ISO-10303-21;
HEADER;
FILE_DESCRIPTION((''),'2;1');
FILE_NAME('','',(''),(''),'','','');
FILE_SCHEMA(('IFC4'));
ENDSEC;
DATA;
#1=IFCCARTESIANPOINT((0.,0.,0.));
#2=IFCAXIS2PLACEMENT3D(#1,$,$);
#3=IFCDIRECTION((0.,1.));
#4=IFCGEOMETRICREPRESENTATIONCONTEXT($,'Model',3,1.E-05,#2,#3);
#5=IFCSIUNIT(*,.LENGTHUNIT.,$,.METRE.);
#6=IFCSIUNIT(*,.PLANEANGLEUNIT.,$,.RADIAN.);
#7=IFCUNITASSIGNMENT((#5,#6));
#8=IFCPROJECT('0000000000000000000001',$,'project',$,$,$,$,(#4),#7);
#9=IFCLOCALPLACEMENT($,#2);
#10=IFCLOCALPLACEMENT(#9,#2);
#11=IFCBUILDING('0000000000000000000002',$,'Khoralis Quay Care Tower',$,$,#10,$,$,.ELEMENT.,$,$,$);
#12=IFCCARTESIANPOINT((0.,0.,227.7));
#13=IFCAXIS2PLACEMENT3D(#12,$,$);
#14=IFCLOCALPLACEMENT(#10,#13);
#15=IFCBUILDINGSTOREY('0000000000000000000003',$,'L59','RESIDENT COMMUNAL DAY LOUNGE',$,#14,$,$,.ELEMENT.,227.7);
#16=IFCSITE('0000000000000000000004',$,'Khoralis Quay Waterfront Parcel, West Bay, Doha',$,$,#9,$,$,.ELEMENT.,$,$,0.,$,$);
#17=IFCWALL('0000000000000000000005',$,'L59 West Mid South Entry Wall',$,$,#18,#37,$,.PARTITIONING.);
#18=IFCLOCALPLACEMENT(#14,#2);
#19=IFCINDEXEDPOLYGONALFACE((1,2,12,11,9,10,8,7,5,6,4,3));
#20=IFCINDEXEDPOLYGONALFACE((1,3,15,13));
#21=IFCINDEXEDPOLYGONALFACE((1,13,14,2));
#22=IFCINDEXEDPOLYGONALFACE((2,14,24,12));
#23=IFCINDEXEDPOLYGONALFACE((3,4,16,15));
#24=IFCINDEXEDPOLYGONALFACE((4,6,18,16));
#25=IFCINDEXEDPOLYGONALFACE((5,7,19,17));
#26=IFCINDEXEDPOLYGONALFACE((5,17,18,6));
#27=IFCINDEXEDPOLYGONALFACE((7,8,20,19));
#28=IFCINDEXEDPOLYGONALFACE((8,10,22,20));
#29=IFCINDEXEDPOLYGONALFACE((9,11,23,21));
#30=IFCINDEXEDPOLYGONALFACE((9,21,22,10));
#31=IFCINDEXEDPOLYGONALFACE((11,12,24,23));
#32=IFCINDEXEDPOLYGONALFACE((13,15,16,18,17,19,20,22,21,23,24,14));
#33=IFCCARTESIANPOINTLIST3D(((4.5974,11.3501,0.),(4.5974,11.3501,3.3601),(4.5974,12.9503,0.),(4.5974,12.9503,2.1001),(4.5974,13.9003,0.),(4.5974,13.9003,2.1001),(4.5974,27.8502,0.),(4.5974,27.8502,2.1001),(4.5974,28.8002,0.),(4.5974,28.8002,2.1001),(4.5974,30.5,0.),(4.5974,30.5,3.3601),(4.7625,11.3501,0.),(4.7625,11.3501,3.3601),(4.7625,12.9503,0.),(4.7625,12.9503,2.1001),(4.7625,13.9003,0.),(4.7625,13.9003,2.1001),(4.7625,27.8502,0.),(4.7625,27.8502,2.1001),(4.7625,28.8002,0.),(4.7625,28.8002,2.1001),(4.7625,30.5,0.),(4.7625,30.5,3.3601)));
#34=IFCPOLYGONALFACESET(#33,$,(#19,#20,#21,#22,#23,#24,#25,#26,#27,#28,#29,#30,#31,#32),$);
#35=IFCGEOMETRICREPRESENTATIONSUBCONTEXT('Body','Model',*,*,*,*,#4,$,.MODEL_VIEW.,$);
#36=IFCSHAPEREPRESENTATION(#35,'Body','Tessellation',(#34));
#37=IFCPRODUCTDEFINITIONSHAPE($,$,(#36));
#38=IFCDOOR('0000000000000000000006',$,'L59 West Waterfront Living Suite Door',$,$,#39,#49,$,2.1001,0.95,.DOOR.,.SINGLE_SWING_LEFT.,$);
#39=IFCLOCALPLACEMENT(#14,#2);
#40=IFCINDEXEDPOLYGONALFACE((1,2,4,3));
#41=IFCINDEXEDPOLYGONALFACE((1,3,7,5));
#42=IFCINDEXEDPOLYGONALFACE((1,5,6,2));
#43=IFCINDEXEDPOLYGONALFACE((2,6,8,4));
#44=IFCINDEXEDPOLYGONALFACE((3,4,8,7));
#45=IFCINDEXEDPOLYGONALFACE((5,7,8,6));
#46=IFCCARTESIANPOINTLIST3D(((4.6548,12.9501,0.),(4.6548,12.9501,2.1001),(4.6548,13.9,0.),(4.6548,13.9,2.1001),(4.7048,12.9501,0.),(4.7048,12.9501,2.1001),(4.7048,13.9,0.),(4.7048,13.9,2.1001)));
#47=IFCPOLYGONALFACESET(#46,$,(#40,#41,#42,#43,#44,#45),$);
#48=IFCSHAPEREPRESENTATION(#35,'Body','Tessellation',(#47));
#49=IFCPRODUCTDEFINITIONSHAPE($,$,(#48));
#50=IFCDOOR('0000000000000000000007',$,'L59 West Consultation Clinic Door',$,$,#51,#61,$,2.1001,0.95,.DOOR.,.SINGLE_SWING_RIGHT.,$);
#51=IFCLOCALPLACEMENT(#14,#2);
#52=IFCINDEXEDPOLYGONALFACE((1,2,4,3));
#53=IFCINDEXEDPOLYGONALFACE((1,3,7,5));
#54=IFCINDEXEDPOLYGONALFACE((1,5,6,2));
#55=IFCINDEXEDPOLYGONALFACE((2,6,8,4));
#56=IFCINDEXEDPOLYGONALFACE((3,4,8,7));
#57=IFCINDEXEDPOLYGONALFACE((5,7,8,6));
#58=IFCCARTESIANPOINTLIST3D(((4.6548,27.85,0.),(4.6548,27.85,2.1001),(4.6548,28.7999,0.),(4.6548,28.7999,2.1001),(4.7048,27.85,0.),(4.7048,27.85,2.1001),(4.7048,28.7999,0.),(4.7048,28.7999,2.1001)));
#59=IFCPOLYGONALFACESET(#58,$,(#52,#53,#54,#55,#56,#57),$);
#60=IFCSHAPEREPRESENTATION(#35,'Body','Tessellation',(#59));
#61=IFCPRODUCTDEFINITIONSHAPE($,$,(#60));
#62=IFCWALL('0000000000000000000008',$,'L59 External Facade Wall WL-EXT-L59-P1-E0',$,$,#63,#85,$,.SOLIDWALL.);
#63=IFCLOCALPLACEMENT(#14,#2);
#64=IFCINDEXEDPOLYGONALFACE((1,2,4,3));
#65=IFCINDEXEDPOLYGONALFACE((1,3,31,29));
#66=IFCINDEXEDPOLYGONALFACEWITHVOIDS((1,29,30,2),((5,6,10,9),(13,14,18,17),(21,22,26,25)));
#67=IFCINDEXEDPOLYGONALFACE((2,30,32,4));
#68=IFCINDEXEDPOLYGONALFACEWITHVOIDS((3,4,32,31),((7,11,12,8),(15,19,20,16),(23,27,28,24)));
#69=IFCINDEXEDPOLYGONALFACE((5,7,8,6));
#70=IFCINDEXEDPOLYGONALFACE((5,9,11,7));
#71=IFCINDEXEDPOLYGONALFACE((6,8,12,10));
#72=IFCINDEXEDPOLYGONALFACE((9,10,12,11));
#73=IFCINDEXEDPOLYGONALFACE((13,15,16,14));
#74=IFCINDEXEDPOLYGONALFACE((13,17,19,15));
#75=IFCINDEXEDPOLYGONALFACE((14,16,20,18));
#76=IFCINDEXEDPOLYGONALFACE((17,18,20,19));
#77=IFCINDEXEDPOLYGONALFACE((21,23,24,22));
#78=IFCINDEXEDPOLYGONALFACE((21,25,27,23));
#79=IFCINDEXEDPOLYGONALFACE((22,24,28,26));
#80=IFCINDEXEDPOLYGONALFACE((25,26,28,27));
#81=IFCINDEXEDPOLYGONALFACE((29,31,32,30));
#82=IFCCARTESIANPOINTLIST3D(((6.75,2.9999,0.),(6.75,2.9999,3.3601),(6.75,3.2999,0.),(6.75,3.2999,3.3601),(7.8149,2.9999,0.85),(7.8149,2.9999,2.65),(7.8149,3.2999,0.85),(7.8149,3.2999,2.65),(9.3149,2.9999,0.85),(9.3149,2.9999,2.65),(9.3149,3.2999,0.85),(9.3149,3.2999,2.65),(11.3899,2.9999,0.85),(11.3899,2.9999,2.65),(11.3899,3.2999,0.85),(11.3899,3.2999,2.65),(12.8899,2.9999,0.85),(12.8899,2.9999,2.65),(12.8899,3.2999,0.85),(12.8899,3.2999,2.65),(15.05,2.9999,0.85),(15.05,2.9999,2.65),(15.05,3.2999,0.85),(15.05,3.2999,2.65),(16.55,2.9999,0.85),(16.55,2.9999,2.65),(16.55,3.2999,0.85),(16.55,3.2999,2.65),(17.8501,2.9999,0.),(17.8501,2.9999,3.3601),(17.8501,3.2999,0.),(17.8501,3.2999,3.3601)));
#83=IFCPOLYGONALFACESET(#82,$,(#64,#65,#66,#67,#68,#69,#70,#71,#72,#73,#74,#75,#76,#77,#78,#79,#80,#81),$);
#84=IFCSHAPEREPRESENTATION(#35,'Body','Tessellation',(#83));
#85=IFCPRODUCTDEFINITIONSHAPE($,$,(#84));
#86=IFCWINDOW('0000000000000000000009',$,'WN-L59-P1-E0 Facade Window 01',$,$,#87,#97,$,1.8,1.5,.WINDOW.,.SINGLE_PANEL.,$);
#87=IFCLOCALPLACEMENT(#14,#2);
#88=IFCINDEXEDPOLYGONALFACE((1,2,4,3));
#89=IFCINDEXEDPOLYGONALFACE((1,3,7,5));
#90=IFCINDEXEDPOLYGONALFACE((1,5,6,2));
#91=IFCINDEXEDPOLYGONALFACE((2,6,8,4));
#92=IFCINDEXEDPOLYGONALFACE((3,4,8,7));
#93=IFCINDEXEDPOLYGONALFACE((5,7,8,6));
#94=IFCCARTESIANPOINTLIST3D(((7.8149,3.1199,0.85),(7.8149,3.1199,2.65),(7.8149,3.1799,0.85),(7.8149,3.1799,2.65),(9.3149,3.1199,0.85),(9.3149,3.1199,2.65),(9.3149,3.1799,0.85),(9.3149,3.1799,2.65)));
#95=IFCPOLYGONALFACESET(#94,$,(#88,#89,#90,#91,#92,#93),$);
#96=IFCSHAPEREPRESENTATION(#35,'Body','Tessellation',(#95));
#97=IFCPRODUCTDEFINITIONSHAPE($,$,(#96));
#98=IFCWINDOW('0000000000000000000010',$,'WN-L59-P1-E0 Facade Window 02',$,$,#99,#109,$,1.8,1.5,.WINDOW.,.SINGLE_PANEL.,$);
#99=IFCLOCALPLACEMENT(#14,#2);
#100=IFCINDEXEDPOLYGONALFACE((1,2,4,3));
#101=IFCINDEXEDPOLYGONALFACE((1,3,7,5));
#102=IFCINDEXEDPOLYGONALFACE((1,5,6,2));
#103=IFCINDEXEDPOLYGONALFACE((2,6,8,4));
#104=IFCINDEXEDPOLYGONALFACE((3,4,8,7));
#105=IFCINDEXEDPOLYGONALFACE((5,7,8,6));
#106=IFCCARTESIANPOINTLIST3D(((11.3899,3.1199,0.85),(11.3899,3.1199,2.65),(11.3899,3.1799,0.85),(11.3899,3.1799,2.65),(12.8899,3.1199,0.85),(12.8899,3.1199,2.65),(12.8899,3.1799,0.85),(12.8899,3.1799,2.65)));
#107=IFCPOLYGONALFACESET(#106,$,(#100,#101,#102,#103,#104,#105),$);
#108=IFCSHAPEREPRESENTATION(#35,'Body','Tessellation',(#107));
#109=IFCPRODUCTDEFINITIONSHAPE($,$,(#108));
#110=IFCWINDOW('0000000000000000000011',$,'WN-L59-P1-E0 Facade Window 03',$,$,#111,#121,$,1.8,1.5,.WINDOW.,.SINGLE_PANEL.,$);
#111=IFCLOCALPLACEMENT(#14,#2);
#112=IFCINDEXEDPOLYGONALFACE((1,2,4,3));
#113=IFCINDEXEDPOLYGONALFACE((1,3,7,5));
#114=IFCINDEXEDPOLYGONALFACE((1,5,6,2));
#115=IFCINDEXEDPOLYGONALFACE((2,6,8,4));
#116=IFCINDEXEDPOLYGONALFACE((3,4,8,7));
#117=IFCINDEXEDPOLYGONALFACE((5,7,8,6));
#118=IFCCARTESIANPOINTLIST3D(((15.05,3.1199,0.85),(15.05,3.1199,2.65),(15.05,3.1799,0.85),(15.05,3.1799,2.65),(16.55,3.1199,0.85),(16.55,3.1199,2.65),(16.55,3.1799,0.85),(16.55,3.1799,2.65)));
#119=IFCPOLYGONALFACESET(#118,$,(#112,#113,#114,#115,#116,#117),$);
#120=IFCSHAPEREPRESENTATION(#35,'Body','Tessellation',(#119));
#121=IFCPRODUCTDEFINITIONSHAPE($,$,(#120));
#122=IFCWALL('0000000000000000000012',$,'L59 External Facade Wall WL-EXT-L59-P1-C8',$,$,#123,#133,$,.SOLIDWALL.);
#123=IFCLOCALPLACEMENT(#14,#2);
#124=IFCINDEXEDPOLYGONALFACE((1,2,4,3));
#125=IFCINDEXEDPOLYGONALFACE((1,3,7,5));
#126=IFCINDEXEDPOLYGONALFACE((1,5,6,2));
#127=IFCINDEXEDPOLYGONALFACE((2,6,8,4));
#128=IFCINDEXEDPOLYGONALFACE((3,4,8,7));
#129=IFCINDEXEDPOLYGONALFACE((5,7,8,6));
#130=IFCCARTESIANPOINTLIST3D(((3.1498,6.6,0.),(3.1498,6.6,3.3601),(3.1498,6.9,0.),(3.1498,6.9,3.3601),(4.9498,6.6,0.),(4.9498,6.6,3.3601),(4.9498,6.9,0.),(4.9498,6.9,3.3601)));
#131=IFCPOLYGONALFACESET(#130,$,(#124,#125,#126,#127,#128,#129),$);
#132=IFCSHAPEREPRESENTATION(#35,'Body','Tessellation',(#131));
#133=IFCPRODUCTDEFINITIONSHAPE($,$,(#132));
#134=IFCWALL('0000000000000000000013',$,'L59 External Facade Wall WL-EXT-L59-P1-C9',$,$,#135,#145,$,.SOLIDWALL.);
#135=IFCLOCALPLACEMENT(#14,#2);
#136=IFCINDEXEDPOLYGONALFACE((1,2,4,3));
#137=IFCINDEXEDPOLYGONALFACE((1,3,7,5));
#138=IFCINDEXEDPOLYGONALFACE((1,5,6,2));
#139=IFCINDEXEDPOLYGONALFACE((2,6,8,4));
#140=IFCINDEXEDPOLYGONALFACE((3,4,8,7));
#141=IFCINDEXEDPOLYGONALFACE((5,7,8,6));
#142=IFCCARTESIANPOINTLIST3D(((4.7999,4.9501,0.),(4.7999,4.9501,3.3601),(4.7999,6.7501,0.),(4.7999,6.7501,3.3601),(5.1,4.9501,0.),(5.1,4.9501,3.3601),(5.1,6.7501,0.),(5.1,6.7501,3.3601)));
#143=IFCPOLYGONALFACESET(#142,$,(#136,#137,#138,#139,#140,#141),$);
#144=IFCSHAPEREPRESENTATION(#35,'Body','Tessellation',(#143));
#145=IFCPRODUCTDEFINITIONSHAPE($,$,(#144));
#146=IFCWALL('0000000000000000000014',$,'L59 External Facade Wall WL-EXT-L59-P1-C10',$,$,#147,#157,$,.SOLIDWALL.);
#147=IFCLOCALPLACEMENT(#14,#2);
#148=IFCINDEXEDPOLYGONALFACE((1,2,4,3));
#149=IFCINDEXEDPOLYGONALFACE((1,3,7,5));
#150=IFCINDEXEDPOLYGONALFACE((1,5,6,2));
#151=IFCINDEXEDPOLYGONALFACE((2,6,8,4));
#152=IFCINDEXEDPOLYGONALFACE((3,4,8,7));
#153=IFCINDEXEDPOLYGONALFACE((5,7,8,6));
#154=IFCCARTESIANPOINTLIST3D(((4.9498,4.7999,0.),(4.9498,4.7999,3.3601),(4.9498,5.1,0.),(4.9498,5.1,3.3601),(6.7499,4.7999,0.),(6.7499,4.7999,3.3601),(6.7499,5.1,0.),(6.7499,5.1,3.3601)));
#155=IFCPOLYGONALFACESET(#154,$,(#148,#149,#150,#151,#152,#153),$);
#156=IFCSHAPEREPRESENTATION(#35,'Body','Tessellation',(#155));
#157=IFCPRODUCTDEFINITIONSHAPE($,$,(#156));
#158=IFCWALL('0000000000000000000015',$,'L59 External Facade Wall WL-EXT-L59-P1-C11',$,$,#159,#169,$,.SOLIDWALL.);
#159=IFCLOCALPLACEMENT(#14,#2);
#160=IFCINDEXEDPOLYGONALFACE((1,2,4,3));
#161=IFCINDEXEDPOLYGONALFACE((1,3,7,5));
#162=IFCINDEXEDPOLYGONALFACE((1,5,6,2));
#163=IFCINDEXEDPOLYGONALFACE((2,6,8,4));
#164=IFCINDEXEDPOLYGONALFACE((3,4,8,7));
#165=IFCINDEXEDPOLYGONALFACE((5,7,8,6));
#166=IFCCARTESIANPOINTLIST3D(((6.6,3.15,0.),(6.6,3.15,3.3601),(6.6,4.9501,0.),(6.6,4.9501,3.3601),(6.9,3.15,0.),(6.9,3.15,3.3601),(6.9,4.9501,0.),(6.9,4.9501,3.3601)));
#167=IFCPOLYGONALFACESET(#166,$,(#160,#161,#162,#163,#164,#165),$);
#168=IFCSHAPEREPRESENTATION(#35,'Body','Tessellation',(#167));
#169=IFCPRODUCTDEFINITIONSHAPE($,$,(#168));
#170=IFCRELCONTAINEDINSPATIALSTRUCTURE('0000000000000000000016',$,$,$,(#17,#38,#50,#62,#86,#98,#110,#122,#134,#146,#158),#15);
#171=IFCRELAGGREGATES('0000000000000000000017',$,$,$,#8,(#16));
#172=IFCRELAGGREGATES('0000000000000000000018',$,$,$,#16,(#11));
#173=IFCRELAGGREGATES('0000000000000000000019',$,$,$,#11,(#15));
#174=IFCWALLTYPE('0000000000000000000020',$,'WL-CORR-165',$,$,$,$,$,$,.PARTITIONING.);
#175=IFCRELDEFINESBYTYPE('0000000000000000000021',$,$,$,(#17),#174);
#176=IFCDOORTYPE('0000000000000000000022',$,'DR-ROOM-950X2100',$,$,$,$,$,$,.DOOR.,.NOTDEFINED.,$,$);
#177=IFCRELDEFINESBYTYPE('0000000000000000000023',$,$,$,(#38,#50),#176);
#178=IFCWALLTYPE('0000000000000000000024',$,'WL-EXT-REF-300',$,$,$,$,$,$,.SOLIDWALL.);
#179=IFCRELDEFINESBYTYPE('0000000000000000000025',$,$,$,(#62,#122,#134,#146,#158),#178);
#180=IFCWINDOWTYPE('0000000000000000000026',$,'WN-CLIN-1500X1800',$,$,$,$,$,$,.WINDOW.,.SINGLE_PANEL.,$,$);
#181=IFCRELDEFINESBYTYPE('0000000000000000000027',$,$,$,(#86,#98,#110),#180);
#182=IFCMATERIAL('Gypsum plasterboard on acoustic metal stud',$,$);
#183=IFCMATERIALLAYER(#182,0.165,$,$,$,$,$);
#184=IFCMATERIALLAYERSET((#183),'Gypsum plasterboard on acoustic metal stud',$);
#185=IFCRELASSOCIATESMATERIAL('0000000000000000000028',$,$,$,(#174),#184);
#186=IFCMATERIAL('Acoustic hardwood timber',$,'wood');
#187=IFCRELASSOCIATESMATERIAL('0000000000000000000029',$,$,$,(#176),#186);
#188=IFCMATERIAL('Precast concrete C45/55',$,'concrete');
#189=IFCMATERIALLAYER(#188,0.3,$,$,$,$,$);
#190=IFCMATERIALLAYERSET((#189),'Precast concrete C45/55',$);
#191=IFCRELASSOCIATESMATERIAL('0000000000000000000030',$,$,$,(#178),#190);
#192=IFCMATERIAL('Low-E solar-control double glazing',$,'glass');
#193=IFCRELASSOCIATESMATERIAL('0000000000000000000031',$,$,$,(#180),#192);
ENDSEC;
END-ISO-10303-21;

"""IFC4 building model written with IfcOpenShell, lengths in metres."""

from ifc_helpers import new_model, si_unit, direction, frame, frame_2d, origin, place, context, subcontext, project, spatial, rectangle, extrude, source, transform, mapped, material, layer, layer_set, type_object, element, fill, save


model = new_model("IFC4")

# Units and contexts
model_context = context("Model", 3, precision=1e-05, world=origin(), true_north=direction((0.0, 1.0)))
body_context = subcontext(model_context, "Body", "Model", "MODEL_VIEW")
ifc_project = project(units=[si_unit("LENGTHUNIT", "METRE"), si_unit("PLANEANGLEUNIT", "RADIAN")], contexts=[model_context])

# Site, building, storey
site_placement = place(None, origin())
site = spatial("IfcSite", under=ifc_project, at=site_placement, Name="Khoralis Quay Waterfront Parcel, West Bay, Doha", CompositionType="ELEMENT", RefElevation=0.0)
building_placement = place(site_placement, origin())
building = spatial("IfcBuilding", under=site, at=building_placement, Name="Khoralis Quay Care Tower", CompositionType="ELEMENT")
storey_placement = place(building_placement, frame((0.0, 0.0, 227.7)))
storey = spatial("IfcBuildingStorey", under=building, at=storey_placement, Name="L59", Description="RESIDENT COMMUNAL DAY LOUNGE", CompositionType="ELEMENT", Elevation=227.7)

# Shared definitions
ifc_material_1 = material(Name="Precast concrete C45/55", Category="concrete")

# Shared definitions
ifc_material_2 = material(Name="Gypsum plasterboard on acoustic metal stud")

# Wall, openings, doors
ifc_layer_1 = layer(ifc_material_2, 0.165)
ifc_layer_set_1 = layer_set([ifc_layer_1], Name="Gypsum plasterboard on acoustic metal stud")
wall_type_1 = type_object("IfcWallType", Name="WL-CORR-165", PredefinedType="PARTITIONING", material=ifc_layer_set_1)
ifc_material_3 = material(Name="Acoustic hardwood timber", Category="wood")
door_type_1 = type_object("IfcDoorType", Name="DR-ROOM-950X2100", OperationType="NOTDEFINED", PredefinedType="DOOR", material=ifc_material_3)
shared_shape_1 = source(origin(), body_context, "Body", "SweptSolid", [
    extrude(rectangle(XDim=0.95, YDim=2.1001, at=frame_2d((0.4751, 1.05))), frame((0.0, 0.0249, 0.0), z_axis=(0.0, -1.0, 0.0), x_axis=(1.0, 0.0, 0.0)), (0.0, 0.0, 1.0), 0.05),
])
wall_1_placement = place(storey_placement, frame((4.6799, 11.3501, 0.0), z_axis=(0.0, 0.0, 1.0), x_axis=(0.0, 1.0, 0.0)))
wall_1 = element("IfcWall", 1, at=wall_1_placement, inside=storey, type_object=wall_type_1, Name="L59 West Mid South Entry Wall", PredefinedType="PARTITIONING", context=body_context, shape_type="SweptSolid", body=[
    extrude(rectangle(XDim=19.1499, YDim=0.165, at=frame_2d((9.575, 0.0))), origin(), (0.0, 0.0, 1.0), 3.3601),
])
opening_1_placement = place(wall_1_placement, frame((1.6001, 0.0, 0.0)))
opening_1 = element("IfcOpeningElement", 2, at=opening_1_placement, cuts=wall_1, PredefinedType="OPENING", context=body_context, shape_type="SweptSolid", body=[
    extrude(rectangle(XDim=0.95, YDim=2.1001, at=frame_2d((0.4751, 1.05))), frame((0.0, 0.0925, 0.0), z_axis=(0.0, -1.0, 0.0), x_axis=(1.0, 0.0, 0.0)), (0.0, 0.0, 1.0), 0.1851),
])
opening_2_placement = place(wall_1_placement, frame((16.5, 0.0, 0.0)))
opening_2 = element("IfcOpeningElement", 3, at=opening_2_placement, cuts=wall_1, PredefinedType="OPENING", context=body_context, shape_type="SweptSolid", body=[
    extrude(rectangle(XDim=0.95, YDim=2.1001, at=frame_2d((0.4751, 1.05))), frame((0.0, 0.0925, 0.0), z_axis=(0.0, -1.0, 0.0), x_axis=(1.0, 0.0, 0.0)), (0.0, 0.0, 1.0), 0.1851),
])
door_1_placement = place(opening_1_placement, frame((0.95, 0.0, 0.0), z_axis=(0.0, 0.0, 1.0), x_axis=(-1.0, 0.0, 0.0)))
door_1 = element("IfcDoor", 4, at=door_1_placement, inside=storey, type_object=door_type_1, Name="L59 West Waterfront Living Suite Door", OperationType="SINGLE_SWING_LEFT", OverallHeight=2.1001, OverallWidth=0.95, PredefinedType="DOOR", context=body_context, shape_type="MappedRepresentation", body=[
    mapped(shared_shape_1, transform((0.0, 0.0, 0.0), scale=1.0)),
])
fill(opening_1, door_1)
door_2_placement = place(opening_2_placement, frame((0.95, 0.0, 0.0), z_axis=(0.0, 0.0, 1.0), x_axis=(-1.0, 0.0, 0.0)))
door_2 = element("IfcDoor", 5, at=door_2_placement, inside=storey, type_object=door_type_1, Name="L59 West Consultation Clinic Door", OperationType="SINGLE_SWING_RIGHT", OverallHeight=2.1001, OverallWidth=0.95, PredefinedType="DOOR", context=body_context, shape_type="MappedRepresentation", body=[
    mapped(shared_shape_1, transform((0.0, 0.0, 0.0), scale=1.0)),
])
fill(opening_2, door_2)

# Wall, openings, windows
ifc_layer_2 = layer(ifc_material_1, 0.3)
ifc_layer_set_2 = layer_set([ifc_layer_2], Name="Precast concrete C45/55")
wall_type_2 = type_object("IfcWallType", Name="WL-EXT-REF-300", PredefinedType="SOLIDWALL", material=ifc_layer_set_2)
wall_2_placement = place(storey_placement, frame((6.75, 3.1499, 0.0), z_axis=(0.0, 0.0, 1.0), x_axis=(1.0, 0.0, 0.0)))
wall_2 = element("IfcWall", 6, at=wall_2_placement, inside=storey, type_object=wall_type_2, Name="L59 External Facade Wall WL-EXT-L59-P1-E0", PredefinedType="SOLIDWALL", context=body_context, shape_type="SweptSolid", body=[
    extrude(rectangle(XDim=11.1001, YDim=0.3, at=frame_2d((5.55, 0.0))), origin(), (0.0, 0.0, 1.0), 3.3601),
])
opening_3_placement = place(wall_2_placement, frame((1.0649, 0.0, 0.8501)))
opening_3 = element("IfcOpeningElement", 7, at=opening_3_placement, cuts=wall_2, PredefinedType="OPENING", context=body_context, shape_type="SweptSolid", body=[
    extrude(rectangle(XDim=1.5, YDim=1.8, at=frame_2d((0.75, 0.8999))), frame((0.0, 0.1602, 0.0), z_axis=(0.0, -1.0, 0.0), x_axis=(1.0, 0.0, 0.0)), (0.0, 0.0, 1.0), 0.3201),
])
opening_4_placement = place(wall_2_placement, frame((4.6399, 0.0, 0.8501)))
opening_4 = element("IfcOpeningElement", 8, at=opening_4_placement, cuts=wall_2, PredefinedType="OPENING", context=body_context, shape_type="SweptSolid", body=[
    extrude(rectangle(XDim=1.5, YDim=1.8, at=frame_2d((0.75, 0.8999))), frame((0.0, 0.1602, 0.0), z_axis=(0.0, -1.0, 0.0), x_axis=(1.0, 0.0, 0.0)), (0.0, 0.0, 1.0), 0.3201),
])
opening_5_placement = place(wall_2_placement, frame((8.3, 0.0, 0.8501)))
opening_5 = element("IfcOpeningElement", 9, at=opening_5_placement, cuts=wall_2, PredefinedType="OPENING", context=body_context, shape_type="SweptSolid", body=[
    extrude(rectangle(XDim=1.5, YDim=1.8, at=frame_2d((0.75, 0.8999))), frame((0.0, 0.1602, 0.0), z_axis=(0.0, -1.0, 0.0), x_axis=(1.0, 0.0, 0.0)), (0.0, 0.0, 1.0), 0.3201),
])
ifc_material_4 = material(Name="Low-E solar-control double glazing", Category="glass")
window_type = type_object("IfcWindowType", Name="WN-CLIN-1500X1800", PartitioningType="SINGLE_PANEL", PredefinedType="WINDOW", material=ifc_material_4)
shared_shape_2 = source(origin(), body_context, "Body", "SweptSolid", [
    extrude(rectangle(XDim=1.5, YDim=1.8, at=frame_2d((0.75, 0.8999))), frame((0.0, 0.03, 0.0), z_axis=(0.0, -1.0, 0.0), x_axis=(1.0, 0.0, 0.0)), (0.0, 0.0, 1.0), 0.0601),
])
window_1_placement = place(opening_3_placement, origin())
window_1 = element("IfcWindow", 10, at=window_1_placement, inside=storey, type_object=window_type, Name="WN-L59-P1-E0 Facade Window 01", OverallHeight=1.8, OverallWidth=1.5, PartitioningType="SINGLE_PANEL", PredefinedType="WINDOW", context=body_context, shape_type="MappedRepresentation", body=[
    mapped(shared_shape_2, transform((0.0, 0.0, 0.0), scale=1.0)),
])
fill(opening_3, window_1)
window_2_placement = place(opening_4_placement, origin())
window_2 = element("IfcWindow", 11, at=window_2_placement, inside=storey, type_object=window_type, Name="WN-L59-P1-E0 Facade Window 02", OverallHeight=1.8, OverallWidth=1.5, PartitioningType="SINGLE_PANEL", PredefinedType="WINDOW", context=body_context, shape_type="MappedRepresentation", body=[
    mapped(shared_shape_2, transform((0.0, 0.0, 0.0), scale=1.0)),
])
fill(opening_4, window_2)
window_3_placement = place(opening_5_placement, origin())
window_3 = element("IfcWindow", 12, at=window_3_placement, inside=storey, type_object=window_type, Name="WN-L59-P1-E0 Facade Window 03", OverallHeight=1.8, OverallWidth=1.5, PartitioningType="SINGLE_PANEL", PredefinedType="WINDOW", context=body_context, shape_type="MappedRepresentation", body=[
    mapped(shared_shape_2, transform((0.0, 0.0, 0.0), scale=1.0)),
])
fill(opening_5, window_3)

# Walls
for number, where, z_axis, x_axis, name in (
    (13, (3.1499, 6.75, 0.0), (0.0, 0.0, 1.0), (1.0, 0.0, 0.0), "L59 External Facade Wall WL-EXT-L59-P1-C8"),
    (14, (4.95, 6.75, 0.0), (0.0, 0.0, 1.0), (0.0, -1.0, 0.0), "L59 External Facade Wall WL-EXT-L59-P1-C9"),
    (15, (4.95, 4.95, 0.0), (0.0, 0.0, 1.0), (1.0, 0.0, 0.0), "L59 External Facade Wall WL-EXT-L59-P1-C10"),
    (16, (6.75, 4.95, 0.0), (0.0, 0.0, 1.0), (0.0, -1.0, 0.0), "L59 External Facade Wall WL-EXT-L59-P1-C11"),
):
    element("IfcWall", number, at=place(storey_placement, frame(where, z_axis=z_axis, x_axis=x_axis)), inside=storey, type_object=wall_type_2, Name=name, PredefinedType="SOLIDWALL", context=body_context, shape_type="SweptSolid", body=[
        extrude(rectangle(XDim=1.8, YDim=0.3, at=frame_2d((0.8999, 0.0))), origin(), (0.0, 0.0, 1.0), 3.3601),
    ])

save(model, "model.ifc")
